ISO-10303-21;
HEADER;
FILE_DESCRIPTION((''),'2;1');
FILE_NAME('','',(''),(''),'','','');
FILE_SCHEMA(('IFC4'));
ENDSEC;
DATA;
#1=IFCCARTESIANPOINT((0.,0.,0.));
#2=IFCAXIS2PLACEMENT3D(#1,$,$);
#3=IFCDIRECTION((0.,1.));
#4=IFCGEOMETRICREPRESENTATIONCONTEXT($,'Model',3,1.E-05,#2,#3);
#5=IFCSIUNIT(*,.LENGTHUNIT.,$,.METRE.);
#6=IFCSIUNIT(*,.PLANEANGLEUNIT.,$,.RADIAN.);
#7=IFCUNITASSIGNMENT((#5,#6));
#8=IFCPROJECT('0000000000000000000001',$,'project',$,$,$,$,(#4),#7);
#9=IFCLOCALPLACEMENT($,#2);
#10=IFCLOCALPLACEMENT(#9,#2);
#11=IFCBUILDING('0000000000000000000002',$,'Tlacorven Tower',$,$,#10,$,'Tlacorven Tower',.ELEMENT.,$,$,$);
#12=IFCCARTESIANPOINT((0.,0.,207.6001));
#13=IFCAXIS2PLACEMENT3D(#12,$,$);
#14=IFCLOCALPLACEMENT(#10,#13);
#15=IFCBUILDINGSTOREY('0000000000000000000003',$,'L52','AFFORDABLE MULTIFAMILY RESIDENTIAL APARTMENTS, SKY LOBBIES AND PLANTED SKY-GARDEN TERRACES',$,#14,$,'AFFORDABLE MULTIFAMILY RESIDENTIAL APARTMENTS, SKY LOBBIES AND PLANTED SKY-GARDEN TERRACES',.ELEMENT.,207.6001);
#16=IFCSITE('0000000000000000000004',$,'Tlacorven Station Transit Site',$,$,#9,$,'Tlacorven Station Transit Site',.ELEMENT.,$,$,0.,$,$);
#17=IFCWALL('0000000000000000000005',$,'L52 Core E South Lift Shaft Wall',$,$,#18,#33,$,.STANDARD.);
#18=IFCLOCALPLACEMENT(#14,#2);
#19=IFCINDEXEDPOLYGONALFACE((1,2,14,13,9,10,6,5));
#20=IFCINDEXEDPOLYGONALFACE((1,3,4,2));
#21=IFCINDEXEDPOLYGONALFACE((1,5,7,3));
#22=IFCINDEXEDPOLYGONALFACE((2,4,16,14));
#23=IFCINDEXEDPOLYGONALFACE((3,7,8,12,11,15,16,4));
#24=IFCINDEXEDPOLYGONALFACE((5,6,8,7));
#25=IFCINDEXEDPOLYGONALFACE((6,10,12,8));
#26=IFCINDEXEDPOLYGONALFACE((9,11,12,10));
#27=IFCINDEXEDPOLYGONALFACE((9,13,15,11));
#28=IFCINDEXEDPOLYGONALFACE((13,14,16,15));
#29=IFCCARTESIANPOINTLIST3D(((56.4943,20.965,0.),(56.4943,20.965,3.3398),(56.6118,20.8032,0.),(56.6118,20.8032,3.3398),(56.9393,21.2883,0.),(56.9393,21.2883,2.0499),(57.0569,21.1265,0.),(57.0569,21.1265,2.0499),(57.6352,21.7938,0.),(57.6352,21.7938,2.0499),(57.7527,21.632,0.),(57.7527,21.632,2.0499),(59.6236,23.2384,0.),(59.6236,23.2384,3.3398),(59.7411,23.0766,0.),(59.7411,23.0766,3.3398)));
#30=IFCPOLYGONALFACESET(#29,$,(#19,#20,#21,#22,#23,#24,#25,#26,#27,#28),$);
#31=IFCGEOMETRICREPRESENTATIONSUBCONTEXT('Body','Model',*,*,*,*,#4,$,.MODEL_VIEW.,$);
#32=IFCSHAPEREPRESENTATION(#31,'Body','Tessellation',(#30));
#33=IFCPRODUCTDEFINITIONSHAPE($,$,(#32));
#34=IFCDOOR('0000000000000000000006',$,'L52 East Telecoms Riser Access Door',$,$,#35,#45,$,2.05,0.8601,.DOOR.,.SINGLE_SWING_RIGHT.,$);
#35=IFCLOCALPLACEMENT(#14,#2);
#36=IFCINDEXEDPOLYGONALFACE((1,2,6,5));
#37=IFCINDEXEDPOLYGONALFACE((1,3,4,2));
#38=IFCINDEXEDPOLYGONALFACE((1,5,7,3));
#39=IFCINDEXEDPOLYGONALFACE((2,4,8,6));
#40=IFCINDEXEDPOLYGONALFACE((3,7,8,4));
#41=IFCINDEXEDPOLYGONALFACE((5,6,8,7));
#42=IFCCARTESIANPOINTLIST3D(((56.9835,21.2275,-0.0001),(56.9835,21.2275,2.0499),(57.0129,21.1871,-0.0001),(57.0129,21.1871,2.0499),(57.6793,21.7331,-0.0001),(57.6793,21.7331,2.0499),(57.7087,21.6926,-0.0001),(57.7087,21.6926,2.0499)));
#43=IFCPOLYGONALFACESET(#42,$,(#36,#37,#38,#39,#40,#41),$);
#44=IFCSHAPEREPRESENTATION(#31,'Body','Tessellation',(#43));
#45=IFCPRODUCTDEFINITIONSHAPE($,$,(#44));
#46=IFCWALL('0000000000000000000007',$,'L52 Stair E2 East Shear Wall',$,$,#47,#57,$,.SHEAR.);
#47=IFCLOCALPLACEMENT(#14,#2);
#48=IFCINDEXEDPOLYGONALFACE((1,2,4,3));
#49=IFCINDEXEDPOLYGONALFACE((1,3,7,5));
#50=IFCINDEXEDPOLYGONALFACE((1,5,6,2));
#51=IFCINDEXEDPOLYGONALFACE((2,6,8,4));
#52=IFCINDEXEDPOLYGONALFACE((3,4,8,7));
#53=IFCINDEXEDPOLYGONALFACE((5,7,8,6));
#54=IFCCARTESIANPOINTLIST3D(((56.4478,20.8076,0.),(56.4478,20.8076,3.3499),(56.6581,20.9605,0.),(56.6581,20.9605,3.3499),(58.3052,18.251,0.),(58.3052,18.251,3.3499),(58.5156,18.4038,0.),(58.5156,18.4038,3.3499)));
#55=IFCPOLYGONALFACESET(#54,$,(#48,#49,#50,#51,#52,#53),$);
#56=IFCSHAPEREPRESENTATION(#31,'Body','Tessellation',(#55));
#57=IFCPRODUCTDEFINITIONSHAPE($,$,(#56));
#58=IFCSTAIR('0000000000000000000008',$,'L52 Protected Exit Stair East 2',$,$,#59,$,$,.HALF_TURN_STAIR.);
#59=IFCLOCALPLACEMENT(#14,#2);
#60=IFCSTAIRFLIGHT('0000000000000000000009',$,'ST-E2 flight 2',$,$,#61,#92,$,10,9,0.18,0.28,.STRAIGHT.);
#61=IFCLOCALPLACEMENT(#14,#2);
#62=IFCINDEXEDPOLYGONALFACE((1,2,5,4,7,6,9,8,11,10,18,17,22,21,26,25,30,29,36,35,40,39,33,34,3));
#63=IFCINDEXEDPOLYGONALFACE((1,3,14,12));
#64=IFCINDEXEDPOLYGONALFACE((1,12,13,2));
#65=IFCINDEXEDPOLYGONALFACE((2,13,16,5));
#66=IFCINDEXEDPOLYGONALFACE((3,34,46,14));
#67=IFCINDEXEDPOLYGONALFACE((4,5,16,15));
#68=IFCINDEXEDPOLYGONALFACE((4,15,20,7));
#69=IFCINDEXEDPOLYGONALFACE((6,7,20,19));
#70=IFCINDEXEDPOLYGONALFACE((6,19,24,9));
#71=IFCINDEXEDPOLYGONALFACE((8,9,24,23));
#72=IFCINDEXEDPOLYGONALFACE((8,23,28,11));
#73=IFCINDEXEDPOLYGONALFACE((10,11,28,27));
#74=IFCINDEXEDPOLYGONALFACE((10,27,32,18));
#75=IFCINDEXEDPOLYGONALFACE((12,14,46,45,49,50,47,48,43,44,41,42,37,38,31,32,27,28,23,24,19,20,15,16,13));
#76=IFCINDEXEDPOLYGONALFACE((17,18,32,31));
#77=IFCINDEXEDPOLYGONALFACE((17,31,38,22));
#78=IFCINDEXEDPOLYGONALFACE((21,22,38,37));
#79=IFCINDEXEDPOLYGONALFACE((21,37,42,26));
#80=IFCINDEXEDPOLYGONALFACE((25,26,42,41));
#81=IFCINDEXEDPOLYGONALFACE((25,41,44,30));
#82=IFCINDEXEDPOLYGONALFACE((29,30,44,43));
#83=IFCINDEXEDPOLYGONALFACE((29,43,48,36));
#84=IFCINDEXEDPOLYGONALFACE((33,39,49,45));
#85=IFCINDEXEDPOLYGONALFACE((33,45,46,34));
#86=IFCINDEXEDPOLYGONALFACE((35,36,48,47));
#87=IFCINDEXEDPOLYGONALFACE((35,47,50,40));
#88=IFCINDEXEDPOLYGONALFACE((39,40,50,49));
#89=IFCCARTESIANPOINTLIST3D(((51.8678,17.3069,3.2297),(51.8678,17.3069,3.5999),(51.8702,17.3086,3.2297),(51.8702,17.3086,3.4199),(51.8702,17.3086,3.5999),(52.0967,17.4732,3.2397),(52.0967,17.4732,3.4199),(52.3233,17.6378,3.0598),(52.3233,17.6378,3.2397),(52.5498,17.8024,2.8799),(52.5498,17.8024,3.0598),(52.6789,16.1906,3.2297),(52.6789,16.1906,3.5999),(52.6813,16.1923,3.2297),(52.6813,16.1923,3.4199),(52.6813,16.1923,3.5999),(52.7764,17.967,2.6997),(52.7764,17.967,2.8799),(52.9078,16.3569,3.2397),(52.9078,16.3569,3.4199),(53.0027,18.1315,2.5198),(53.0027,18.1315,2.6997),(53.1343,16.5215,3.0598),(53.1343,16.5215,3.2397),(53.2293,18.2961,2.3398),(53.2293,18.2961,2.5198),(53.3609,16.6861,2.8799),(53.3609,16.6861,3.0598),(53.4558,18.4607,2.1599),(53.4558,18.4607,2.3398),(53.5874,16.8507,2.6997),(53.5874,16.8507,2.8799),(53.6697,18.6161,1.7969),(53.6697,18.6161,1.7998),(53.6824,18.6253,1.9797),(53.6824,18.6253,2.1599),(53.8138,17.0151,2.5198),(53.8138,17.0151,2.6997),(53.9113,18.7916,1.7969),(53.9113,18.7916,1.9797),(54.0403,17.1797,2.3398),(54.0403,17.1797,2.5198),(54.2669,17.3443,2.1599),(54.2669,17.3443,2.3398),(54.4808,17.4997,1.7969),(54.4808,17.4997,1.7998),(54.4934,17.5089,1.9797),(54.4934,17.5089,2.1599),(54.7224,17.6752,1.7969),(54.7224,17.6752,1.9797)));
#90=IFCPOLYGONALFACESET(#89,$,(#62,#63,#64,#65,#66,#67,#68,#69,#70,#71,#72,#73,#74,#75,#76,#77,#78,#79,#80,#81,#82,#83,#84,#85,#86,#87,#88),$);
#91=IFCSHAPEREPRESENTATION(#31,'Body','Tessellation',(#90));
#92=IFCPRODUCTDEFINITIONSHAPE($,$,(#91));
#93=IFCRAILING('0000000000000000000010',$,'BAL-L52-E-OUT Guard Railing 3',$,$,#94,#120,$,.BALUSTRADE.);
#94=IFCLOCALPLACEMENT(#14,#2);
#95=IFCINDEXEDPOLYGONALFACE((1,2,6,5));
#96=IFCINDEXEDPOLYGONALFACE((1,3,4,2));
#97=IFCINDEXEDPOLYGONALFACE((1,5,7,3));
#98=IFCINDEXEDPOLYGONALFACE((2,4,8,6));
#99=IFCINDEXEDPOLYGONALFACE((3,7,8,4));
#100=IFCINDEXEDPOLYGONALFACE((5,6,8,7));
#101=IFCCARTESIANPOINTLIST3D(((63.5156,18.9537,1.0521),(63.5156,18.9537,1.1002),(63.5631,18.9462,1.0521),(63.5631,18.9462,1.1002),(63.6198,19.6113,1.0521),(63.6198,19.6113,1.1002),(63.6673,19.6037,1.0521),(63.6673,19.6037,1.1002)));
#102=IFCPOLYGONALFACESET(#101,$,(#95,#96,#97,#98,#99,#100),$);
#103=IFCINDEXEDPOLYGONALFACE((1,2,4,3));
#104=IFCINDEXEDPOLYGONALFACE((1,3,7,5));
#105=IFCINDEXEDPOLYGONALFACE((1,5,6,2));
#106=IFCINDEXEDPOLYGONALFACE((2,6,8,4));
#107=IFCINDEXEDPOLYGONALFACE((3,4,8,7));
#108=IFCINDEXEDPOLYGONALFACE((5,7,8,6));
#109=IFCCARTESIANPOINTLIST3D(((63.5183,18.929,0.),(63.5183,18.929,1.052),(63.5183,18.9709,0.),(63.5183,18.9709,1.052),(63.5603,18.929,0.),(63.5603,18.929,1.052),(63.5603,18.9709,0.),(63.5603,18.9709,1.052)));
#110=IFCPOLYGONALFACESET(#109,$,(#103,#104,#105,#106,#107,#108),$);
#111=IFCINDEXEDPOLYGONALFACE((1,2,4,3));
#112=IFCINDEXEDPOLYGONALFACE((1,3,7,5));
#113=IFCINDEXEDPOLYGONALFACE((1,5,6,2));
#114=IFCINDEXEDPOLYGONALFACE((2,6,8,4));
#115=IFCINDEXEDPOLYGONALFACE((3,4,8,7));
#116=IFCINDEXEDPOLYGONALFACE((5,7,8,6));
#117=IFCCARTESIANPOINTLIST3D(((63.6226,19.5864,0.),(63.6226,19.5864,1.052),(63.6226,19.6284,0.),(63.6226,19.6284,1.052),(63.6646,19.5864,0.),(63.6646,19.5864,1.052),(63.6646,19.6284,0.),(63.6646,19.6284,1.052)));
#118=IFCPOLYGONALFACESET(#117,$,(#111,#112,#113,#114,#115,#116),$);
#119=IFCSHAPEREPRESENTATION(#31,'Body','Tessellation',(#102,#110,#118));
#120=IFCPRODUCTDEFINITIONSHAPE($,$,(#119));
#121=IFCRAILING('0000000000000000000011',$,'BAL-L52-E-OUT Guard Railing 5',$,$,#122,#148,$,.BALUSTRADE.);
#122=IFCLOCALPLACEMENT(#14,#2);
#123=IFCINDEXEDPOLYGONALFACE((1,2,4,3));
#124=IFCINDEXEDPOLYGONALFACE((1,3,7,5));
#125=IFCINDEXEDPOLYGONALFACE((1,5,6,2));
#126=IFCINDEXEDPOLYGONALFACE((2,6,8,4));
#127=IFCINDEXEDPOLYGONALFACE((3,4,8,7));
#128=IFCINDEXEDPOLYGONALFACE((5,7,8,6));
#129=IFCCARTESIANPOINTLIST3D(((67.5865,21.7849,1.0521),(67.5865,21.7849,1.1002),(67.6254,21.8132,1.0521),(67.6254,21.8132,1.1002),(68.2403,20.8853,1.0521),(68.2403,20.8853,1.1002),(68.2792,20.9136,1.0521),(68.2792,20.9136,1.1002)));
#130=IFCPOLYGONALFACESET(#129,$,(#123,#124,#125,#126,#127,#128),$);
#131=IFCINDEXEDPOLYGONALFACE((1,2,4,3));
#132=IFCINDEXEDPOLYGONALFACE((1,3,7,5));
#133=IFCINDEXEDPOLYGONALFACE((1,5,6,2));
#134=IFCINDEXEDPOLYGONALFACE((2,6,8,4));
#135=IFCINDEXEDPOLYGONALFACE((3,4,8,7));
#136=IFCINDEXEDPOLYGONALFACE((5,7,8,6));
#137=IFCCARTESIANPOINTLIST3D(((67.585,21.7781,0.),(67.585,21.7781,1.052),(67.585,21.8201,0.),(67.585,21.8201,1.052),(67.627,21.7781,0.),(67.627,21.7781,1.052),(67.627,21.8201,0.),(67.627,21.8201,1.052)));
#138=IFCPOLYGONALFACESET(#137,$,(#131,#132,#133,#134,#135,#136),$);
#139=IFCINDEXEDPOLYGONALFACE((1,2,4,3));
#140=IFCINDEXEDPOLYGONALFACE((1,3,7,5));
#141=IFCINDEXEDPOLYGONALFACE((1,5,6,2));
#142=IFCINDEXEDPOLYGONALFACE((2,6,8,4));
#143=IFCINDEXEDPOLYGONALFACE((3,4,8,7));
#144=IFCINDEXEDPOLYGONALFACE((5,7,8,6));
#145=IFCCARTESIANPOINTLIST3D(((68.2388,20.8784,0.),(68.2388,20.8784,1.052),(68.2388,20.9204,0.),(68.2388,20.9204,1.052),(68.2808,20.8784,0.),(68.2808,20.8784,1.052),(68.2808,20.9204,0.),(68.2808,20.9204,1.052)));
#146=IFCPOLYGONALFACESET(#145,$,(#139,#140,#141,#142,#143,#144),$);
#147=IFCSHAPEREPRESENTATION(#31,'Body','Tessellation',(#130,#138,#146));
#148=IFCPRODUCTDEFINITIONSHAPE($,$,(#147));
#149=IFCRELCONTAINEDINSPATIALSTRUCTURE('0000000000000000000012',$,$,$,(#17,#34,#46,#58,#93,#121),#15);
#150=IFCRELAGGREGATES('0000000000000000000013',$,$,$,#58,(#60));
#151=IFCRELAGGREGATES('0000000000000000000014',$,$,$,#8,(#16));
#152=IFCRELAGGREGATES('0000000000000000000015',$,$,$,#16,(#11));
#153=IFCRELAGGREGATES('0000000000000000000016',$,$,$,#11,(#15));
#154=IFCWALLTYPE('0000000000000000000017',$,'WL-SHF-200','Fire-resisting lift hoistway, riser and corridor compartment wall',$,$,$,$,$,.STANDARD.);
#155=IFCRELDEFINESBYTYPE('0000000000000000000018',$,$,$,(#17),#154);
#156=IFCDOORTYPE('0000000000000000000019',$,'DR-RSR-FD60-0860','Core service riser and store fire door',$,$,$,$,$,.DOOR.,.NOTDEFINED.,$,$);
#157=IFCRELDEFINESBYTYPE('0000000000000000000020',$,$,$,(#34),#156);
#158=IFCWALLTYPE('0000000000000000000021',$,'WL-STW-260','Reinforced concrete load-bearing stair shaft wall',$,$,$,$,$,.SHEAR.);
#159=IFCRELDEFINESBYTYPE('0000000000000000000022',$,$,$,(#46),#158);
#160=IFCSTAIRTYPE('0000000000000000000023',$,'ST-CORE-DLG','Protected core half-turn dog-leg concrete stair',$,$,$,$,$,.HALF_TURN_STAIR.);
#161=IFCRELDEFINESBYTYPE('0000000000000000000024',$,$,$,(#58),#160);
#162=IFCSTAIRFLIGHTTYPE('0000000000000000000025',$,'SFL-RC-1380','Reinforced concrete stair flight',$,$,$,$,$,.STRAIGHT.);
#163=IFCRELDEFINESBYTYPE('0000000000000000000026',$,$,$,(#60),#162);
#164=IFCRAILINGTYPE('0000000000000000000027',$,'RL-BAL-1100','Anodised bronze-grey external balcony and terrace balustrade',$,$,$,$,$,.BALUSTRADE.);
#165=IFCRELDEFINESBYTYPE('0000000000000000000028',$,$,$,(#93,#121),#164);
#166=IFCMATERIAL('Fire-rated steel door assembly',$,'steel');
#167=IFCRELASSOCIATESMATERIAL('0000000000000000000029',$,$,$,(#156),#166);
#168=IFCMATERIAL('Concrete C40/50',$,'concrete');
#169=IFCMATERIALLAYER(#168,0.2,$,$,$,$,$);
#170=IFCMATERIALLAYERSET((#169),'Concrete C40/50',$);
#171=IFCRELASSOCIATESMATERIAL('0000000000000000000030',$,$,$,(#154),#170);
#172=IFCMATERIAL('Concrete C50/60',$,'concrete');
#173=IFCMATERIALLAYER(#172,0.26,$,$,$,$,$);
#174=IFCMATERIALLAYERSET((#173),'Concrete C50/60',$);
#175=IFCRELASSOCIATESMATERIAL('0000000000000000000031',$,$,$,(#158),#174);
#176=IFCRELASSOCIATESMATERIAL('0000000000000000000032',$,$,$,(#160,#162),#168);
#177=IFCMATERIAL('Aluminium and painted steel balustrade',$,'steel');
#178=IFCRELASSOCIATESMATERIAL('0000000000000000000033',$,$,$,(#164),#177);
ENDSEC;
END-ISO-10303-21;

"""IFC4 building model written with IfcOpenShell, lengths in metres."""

from ifc_helpers import new_model, si_unit, direction, frame, frame_2d, origin, origin_2d, place, context, subcontext, project, spatial, polyline, rectangle, outline, extrude, source, transform, mapped, material, layer, layer_set, type_object, element, fill, aggregate, save


model = new_model("IFC4")

# Units and contexts
model_context = context("Model", 3, precision=1e-05, world=origin(), true_north=direction((0.0, 1.0)))
body_context = subcontext(model_context, "Body", "Model", "MODEL_VIEW")
ifc_project = project(units=[si_unit("LENGTHUNIT", "METRE"), si_unit("PLANEANGLEUNIT", "RADIAN")], contexts=[model_context])

# Site, building, storey
site_placement = place(None, origin())
site = spatial("IfcSite", under=ifc_project, at=site_placement, Name="Tlacorven Station Transit Site", LongName="Tlacorven Station Transit Site", CompositionType="ELEMENT", RefElevation=0.0)
building_placement = place(site_placement, origin())
building = spatial("IfcBuilding", under=site, at=building_placement, Name="Tlacorven Tower", LongName="Tlacorven Tower", CompositionType="ELEMENT")
storey_placement = place(building_placement, frame((0.0, 0.0, 207.6001)))
storey = spatial("IfcBuildingStorey", under=building, at=storey_placement, Name="L52", Description="AFFORDABLE MULTIFAMILY RESIDENTIAL APARTMENTS, SKY LOBBIES AND PLANTED SKY-GARDEN TERRACES", LongName="AFFORDABLE MULTIFAMILY RESIDENTIAL APARTMENTS, SKY LOBBIES AND PLANTED SKY-GARDEN TERRACES", CompositionType="ELEMENT", Elevation=207.6001)

# Shared definitions
ifc_material_1 = material(Name="Concrete C50/60", Category="concrete")

# Shared definitions
ifc_material_2 = material(Name="Fire-rated steel door assembly", Category="steel")
door_type = type_object("IfcDoorType", Name="DR-RSR-FD60-0860", Description="Core service riser and store fire door", OperationType="NOTDEFINED", PredefinedType="DOOR", material=ifc_material_2)
shared_shape_1 = source(origin(), body_context, "Body", "SweptSolid", [
    extrude(rectangle(XDim=0.8601, YDim=2.05, at=frame_2d((0.4302, 1.0249))), frame((0.0, 0.0249, 0.0), z_axis=(0.0, -1.0, 0.0), x_axis=(1.0, 0.0, 0.0)), (0.0, 0.0, 1.0), 0.05),
])

# Wall, opening, door
ifc_material_3 = material(Name="Concrete C40/50", Category="concrete")
ifc_layer_1 = layer(ifc_material_3, 0.2)
ifc_layer_set_1 = layer_set([ifc_layer_1], Name="Concrete C40/50")
wall_type_1 = type_object("IfcWallType", Name="WL-SHF-200", Description="Fire-resisting lift hoistway, riser and corridor compartment wall", PredefinedType="STANDARD", material=ifc_layer_set_1)
wall_1_placement = place(storey_placement, frame((56.553, 20.884, 0.0), z_axis=(0.0, 0.0, 1.0), x_axis=(0.809042, 0.587751, 0.0)))
wall_1 = element("IfcWall", 1, at=wall_1_placement, inside=storey, type_object=wall_type_1, Name="L52 Core E South Lift Shaft Wall", PredefinedType="STANDARD", context=body_context, shape_type="SweptSolid", body=[
    extrude(rectangle(XDim=3.8679, YDim=0.2, at=frame_2d((1.9341, 0.0))), origin(), (0.0, 0.0, 1.0), 3.3398),
])
opening_1_placement = place(wall_1_placement, frame((0.55, 0.0, 0.0)))
opening_1 = element("IfcOpeningElement", 2, at=opening_1_placement, cuts=wall_1, PredefinedType="OPENING", context=body_context, shape_type="SweptSolid", body=[
    extrude(rectangle(XDim=0.8601, YDim=2.05, at=frame_2d((0.4302, 1.0249))), frame((0.0, 0.1099, 0.0), z_axis=(0.0, -1.0, 0.0), x_axis=(1.0, 0.0, 0.0)), (0.0, 0.0, 1.0), 0.22),
])
door_1_placement = place(opening_1_placement, origin())
door_1 = element("IfcDoor", 3, at=door_1_placement, inside=storey, type_object=door_type, Name="L52 East Telecoms Riser Access Door", OperationType="SINGLE_SWING_RIGHT", OverallHeight=2.05, OverallWidth=0.8601, PredefinedType="DOOR", context=body_context, shape_type="MappedRepresentation", body=[
    mapped(shared_shape_1, transform((0.0, 0.0, 0.0), scale=1.0)),
])
fill(opening_1, door_1)

# Wall
ifc_layer_2 = layer(ifc_material_1, 0.26)
ifc_layer_set_2 = layer_set([ifc_layer_2], Name="Concrete C50/60")
wall_type_2 = type_object("IfcWallType", Name="WL-STW-260", Description="Reinforced concrete load-bearing stair shaft wall", PredefinedType="SHEAR", material=ifc_layer_set_2)
wall_2_placement = place(storey_placement, frame((58.4104, 18.3274, 0.0), z_axis=(0.0, 0.0, 1.0), x_axis=(-0.587767, 0.80903, 0.0)))
element("IfcWall", 4, at=wall_2_placement, inside=storey, type_object=wall_type_2, Name="L52 Stair E2 East Shear Wall", PredefinedType="SHEAR", context=body_context, shape_type="SweptSolid", body=[
    extrude(rectangle(XDim=3.1602, YDim=0.26, at=frame_2d((1.5801, 0.0))), origin(), (0.0, 0.0, 1.0), 3.3499),
])

# Stair, stair flight
stair_type = type_object("IfcStairType", Name="ST-CORE-DLG", Description="Protected core half-turn dog-leg concrete stair", PredefinedType="HALF_TURN_STAIR", material=ifc_material_3)
stair_placement = place(storey_placement, origin())
stair = element("IfcStair", 5, at=stair_placement, inside=storey, type_object=stair_type, Name="L52 Protected Exit Stair East 2", PredefinedType="HALF_TURN_STAIR")
stair_flight_type = type_object("IfcStairFlightType", Name="SFL-RC-1380", Description="Reinforced concrete stair flight", PredefinedType="STRAIGHT", material=ifc_material_3)
shared_shape_2 = source(origin(), body_context, "Body", "SweptSolid", [
    extrude(outline(polyline([(-0.0029, -0.0029), (-0.0029, 0.1799), (0.28, 0.1799), (0.28, 0.3601), (0.5601, 0.3601), (0.5601, 0.54), (0.8401, 0.54), (0.8401, 0.72), (1.1201, 0.72), (1.1201, 0.8999), (1.3999, 0.8999), (1.3999, 1.0801), (1.6799, 1.0801), (1.6799, 1.26), (1.96, 1.26), (1.96, 1.4399), (2.24, 1.4399), (2.24, 1.6201), (2.52, 1.6201), (2.52, 1.8), (2.5229, 1.8), (2.5229, 1.4299), (2.52, 1.4299), (0.2957, 0.0), (0.2957, -0.0029), (-0.0029, -0.0029)])), frame((0.0, 0.6899, 0.0), z_axis=(0.0, -1.0, 0.0), x_axis=(1.0, 0.0, 0.0)), (0.0, 0.0, 1.0), 1.3799),
])
stair_flight_placement = place(storey_placement, frame((54.3145, 18.2317, 1.7998), z_axis=(0.0, 0.0, 1.0), x_axis=(-0.809017, -0.587785, 0.0)))
stair_flight = element("IfcStairFlight", 6, at=stair_flight_placement, type_object=stair_flight_type, Name="ST-E2 flight 2", NumberOfRisers=10, NumberOfTreads=9, PredefinedType="STRAIGHT", RiserHeight=0.18, TreadLength=0.28, context=body_context, shape_type="MappedRepresentation", body=[
    mapped(shared_shape_2, transform((0.0, 0.0, 0.0), scale=1.0)),
])
aggregate(stair, [stair_flight])

# Railings
ifc_material_4 = material(Name="Aluminium and painted steel balustrade", Category="steel")
railing_type_1 = type_object("IfcRailingType", Name="RL-BAL-1100", Description="Anodised bronze-grey external balcony and terrace balustrade", PredefinedType="BALUSTRADE", material=ifc_material_4)
shared_shape_3 = source(origin(), body_context, "Body", "SweptSolid", [
    extrude(rectangle(XDim=0.0481, YDim=0.0481, at=origin_2d()), frame((0.0, 0.0, 1.0762), z_axis=(0.156603, 0.987662, 0.0), x_axis=(-0.987662, 0.156603, 0.0)), (0.0, 0.0, 1.0), 0.6658),
    extrude(rectangle(XDim=0.042, YDim=0.042, at=origin_2d()), origin(), (0.0, 0.0, 1.0), 1.052),
    extrude(rectangle(XDim=0.042, YDim=0.042, at=origin_2d()), frame((0.1042, 0.6575, 0.0)), (0.0, 0.0, 1.0), 1.052),
])
railing_1_placement = place(storey_placement, frame((63.5393, 18.95, 0.0)))
element("IfcRailing", 7, at=railing_1_placement, inside=storey, type_object=railing_type_1, Name="BAL-L52-E-OUT Guard Railing 3", PredefinedType="BALUSTRADE", context=body_context, shape_type="MappedRepresentation", body=[
    mapped(shared_shape_3, transform((0.0, 0.0, 0.0), scale=1.0)),
])
shared_shape_4 = source(origin(), body_context, "Body", "SweptSolid", [
    extrude(rectangle(XDim=0.0481, YDim=0.0481, at=origin_2d()), frame((0.0, 0.0, 1.0762), z_axis=(0.587884, -0.808945, 0.0), x_axis=(0.808945, 0.587884, 0.0)), (0.0, 0.0, 1.0), 1.1121),
    extrude(rectangle(XDim=0.042, YDim=0.042, at=origin_2d()), origin(), (0.0, 0.0, 1.0), 1.052),
    extrude(rectangle(XDim=0.042, YDim=0.042, at=origin_2d()), frame((0.6538, -0.8997, 0.0)), (0.0, 0.0, 1.0), 1.052),
])
railing_2_placement = place(storey_placement, frame((67.606, 21.7991, 0.0)))
element("IfcRailing", 8, at=railing_2_placement, inside=storey, type_object=railing_type_1, Name="BAL-L52-E-OUT Guard Railing 5", PredefinedType="BALUSTRADE", context=body_context, shape_type="MappedRepresentation", body=[
    mapped(shared_shape_4, transform((0.0, 0.0, 0.0), scale=1.0)),
])

save(model, "model.ifc")
